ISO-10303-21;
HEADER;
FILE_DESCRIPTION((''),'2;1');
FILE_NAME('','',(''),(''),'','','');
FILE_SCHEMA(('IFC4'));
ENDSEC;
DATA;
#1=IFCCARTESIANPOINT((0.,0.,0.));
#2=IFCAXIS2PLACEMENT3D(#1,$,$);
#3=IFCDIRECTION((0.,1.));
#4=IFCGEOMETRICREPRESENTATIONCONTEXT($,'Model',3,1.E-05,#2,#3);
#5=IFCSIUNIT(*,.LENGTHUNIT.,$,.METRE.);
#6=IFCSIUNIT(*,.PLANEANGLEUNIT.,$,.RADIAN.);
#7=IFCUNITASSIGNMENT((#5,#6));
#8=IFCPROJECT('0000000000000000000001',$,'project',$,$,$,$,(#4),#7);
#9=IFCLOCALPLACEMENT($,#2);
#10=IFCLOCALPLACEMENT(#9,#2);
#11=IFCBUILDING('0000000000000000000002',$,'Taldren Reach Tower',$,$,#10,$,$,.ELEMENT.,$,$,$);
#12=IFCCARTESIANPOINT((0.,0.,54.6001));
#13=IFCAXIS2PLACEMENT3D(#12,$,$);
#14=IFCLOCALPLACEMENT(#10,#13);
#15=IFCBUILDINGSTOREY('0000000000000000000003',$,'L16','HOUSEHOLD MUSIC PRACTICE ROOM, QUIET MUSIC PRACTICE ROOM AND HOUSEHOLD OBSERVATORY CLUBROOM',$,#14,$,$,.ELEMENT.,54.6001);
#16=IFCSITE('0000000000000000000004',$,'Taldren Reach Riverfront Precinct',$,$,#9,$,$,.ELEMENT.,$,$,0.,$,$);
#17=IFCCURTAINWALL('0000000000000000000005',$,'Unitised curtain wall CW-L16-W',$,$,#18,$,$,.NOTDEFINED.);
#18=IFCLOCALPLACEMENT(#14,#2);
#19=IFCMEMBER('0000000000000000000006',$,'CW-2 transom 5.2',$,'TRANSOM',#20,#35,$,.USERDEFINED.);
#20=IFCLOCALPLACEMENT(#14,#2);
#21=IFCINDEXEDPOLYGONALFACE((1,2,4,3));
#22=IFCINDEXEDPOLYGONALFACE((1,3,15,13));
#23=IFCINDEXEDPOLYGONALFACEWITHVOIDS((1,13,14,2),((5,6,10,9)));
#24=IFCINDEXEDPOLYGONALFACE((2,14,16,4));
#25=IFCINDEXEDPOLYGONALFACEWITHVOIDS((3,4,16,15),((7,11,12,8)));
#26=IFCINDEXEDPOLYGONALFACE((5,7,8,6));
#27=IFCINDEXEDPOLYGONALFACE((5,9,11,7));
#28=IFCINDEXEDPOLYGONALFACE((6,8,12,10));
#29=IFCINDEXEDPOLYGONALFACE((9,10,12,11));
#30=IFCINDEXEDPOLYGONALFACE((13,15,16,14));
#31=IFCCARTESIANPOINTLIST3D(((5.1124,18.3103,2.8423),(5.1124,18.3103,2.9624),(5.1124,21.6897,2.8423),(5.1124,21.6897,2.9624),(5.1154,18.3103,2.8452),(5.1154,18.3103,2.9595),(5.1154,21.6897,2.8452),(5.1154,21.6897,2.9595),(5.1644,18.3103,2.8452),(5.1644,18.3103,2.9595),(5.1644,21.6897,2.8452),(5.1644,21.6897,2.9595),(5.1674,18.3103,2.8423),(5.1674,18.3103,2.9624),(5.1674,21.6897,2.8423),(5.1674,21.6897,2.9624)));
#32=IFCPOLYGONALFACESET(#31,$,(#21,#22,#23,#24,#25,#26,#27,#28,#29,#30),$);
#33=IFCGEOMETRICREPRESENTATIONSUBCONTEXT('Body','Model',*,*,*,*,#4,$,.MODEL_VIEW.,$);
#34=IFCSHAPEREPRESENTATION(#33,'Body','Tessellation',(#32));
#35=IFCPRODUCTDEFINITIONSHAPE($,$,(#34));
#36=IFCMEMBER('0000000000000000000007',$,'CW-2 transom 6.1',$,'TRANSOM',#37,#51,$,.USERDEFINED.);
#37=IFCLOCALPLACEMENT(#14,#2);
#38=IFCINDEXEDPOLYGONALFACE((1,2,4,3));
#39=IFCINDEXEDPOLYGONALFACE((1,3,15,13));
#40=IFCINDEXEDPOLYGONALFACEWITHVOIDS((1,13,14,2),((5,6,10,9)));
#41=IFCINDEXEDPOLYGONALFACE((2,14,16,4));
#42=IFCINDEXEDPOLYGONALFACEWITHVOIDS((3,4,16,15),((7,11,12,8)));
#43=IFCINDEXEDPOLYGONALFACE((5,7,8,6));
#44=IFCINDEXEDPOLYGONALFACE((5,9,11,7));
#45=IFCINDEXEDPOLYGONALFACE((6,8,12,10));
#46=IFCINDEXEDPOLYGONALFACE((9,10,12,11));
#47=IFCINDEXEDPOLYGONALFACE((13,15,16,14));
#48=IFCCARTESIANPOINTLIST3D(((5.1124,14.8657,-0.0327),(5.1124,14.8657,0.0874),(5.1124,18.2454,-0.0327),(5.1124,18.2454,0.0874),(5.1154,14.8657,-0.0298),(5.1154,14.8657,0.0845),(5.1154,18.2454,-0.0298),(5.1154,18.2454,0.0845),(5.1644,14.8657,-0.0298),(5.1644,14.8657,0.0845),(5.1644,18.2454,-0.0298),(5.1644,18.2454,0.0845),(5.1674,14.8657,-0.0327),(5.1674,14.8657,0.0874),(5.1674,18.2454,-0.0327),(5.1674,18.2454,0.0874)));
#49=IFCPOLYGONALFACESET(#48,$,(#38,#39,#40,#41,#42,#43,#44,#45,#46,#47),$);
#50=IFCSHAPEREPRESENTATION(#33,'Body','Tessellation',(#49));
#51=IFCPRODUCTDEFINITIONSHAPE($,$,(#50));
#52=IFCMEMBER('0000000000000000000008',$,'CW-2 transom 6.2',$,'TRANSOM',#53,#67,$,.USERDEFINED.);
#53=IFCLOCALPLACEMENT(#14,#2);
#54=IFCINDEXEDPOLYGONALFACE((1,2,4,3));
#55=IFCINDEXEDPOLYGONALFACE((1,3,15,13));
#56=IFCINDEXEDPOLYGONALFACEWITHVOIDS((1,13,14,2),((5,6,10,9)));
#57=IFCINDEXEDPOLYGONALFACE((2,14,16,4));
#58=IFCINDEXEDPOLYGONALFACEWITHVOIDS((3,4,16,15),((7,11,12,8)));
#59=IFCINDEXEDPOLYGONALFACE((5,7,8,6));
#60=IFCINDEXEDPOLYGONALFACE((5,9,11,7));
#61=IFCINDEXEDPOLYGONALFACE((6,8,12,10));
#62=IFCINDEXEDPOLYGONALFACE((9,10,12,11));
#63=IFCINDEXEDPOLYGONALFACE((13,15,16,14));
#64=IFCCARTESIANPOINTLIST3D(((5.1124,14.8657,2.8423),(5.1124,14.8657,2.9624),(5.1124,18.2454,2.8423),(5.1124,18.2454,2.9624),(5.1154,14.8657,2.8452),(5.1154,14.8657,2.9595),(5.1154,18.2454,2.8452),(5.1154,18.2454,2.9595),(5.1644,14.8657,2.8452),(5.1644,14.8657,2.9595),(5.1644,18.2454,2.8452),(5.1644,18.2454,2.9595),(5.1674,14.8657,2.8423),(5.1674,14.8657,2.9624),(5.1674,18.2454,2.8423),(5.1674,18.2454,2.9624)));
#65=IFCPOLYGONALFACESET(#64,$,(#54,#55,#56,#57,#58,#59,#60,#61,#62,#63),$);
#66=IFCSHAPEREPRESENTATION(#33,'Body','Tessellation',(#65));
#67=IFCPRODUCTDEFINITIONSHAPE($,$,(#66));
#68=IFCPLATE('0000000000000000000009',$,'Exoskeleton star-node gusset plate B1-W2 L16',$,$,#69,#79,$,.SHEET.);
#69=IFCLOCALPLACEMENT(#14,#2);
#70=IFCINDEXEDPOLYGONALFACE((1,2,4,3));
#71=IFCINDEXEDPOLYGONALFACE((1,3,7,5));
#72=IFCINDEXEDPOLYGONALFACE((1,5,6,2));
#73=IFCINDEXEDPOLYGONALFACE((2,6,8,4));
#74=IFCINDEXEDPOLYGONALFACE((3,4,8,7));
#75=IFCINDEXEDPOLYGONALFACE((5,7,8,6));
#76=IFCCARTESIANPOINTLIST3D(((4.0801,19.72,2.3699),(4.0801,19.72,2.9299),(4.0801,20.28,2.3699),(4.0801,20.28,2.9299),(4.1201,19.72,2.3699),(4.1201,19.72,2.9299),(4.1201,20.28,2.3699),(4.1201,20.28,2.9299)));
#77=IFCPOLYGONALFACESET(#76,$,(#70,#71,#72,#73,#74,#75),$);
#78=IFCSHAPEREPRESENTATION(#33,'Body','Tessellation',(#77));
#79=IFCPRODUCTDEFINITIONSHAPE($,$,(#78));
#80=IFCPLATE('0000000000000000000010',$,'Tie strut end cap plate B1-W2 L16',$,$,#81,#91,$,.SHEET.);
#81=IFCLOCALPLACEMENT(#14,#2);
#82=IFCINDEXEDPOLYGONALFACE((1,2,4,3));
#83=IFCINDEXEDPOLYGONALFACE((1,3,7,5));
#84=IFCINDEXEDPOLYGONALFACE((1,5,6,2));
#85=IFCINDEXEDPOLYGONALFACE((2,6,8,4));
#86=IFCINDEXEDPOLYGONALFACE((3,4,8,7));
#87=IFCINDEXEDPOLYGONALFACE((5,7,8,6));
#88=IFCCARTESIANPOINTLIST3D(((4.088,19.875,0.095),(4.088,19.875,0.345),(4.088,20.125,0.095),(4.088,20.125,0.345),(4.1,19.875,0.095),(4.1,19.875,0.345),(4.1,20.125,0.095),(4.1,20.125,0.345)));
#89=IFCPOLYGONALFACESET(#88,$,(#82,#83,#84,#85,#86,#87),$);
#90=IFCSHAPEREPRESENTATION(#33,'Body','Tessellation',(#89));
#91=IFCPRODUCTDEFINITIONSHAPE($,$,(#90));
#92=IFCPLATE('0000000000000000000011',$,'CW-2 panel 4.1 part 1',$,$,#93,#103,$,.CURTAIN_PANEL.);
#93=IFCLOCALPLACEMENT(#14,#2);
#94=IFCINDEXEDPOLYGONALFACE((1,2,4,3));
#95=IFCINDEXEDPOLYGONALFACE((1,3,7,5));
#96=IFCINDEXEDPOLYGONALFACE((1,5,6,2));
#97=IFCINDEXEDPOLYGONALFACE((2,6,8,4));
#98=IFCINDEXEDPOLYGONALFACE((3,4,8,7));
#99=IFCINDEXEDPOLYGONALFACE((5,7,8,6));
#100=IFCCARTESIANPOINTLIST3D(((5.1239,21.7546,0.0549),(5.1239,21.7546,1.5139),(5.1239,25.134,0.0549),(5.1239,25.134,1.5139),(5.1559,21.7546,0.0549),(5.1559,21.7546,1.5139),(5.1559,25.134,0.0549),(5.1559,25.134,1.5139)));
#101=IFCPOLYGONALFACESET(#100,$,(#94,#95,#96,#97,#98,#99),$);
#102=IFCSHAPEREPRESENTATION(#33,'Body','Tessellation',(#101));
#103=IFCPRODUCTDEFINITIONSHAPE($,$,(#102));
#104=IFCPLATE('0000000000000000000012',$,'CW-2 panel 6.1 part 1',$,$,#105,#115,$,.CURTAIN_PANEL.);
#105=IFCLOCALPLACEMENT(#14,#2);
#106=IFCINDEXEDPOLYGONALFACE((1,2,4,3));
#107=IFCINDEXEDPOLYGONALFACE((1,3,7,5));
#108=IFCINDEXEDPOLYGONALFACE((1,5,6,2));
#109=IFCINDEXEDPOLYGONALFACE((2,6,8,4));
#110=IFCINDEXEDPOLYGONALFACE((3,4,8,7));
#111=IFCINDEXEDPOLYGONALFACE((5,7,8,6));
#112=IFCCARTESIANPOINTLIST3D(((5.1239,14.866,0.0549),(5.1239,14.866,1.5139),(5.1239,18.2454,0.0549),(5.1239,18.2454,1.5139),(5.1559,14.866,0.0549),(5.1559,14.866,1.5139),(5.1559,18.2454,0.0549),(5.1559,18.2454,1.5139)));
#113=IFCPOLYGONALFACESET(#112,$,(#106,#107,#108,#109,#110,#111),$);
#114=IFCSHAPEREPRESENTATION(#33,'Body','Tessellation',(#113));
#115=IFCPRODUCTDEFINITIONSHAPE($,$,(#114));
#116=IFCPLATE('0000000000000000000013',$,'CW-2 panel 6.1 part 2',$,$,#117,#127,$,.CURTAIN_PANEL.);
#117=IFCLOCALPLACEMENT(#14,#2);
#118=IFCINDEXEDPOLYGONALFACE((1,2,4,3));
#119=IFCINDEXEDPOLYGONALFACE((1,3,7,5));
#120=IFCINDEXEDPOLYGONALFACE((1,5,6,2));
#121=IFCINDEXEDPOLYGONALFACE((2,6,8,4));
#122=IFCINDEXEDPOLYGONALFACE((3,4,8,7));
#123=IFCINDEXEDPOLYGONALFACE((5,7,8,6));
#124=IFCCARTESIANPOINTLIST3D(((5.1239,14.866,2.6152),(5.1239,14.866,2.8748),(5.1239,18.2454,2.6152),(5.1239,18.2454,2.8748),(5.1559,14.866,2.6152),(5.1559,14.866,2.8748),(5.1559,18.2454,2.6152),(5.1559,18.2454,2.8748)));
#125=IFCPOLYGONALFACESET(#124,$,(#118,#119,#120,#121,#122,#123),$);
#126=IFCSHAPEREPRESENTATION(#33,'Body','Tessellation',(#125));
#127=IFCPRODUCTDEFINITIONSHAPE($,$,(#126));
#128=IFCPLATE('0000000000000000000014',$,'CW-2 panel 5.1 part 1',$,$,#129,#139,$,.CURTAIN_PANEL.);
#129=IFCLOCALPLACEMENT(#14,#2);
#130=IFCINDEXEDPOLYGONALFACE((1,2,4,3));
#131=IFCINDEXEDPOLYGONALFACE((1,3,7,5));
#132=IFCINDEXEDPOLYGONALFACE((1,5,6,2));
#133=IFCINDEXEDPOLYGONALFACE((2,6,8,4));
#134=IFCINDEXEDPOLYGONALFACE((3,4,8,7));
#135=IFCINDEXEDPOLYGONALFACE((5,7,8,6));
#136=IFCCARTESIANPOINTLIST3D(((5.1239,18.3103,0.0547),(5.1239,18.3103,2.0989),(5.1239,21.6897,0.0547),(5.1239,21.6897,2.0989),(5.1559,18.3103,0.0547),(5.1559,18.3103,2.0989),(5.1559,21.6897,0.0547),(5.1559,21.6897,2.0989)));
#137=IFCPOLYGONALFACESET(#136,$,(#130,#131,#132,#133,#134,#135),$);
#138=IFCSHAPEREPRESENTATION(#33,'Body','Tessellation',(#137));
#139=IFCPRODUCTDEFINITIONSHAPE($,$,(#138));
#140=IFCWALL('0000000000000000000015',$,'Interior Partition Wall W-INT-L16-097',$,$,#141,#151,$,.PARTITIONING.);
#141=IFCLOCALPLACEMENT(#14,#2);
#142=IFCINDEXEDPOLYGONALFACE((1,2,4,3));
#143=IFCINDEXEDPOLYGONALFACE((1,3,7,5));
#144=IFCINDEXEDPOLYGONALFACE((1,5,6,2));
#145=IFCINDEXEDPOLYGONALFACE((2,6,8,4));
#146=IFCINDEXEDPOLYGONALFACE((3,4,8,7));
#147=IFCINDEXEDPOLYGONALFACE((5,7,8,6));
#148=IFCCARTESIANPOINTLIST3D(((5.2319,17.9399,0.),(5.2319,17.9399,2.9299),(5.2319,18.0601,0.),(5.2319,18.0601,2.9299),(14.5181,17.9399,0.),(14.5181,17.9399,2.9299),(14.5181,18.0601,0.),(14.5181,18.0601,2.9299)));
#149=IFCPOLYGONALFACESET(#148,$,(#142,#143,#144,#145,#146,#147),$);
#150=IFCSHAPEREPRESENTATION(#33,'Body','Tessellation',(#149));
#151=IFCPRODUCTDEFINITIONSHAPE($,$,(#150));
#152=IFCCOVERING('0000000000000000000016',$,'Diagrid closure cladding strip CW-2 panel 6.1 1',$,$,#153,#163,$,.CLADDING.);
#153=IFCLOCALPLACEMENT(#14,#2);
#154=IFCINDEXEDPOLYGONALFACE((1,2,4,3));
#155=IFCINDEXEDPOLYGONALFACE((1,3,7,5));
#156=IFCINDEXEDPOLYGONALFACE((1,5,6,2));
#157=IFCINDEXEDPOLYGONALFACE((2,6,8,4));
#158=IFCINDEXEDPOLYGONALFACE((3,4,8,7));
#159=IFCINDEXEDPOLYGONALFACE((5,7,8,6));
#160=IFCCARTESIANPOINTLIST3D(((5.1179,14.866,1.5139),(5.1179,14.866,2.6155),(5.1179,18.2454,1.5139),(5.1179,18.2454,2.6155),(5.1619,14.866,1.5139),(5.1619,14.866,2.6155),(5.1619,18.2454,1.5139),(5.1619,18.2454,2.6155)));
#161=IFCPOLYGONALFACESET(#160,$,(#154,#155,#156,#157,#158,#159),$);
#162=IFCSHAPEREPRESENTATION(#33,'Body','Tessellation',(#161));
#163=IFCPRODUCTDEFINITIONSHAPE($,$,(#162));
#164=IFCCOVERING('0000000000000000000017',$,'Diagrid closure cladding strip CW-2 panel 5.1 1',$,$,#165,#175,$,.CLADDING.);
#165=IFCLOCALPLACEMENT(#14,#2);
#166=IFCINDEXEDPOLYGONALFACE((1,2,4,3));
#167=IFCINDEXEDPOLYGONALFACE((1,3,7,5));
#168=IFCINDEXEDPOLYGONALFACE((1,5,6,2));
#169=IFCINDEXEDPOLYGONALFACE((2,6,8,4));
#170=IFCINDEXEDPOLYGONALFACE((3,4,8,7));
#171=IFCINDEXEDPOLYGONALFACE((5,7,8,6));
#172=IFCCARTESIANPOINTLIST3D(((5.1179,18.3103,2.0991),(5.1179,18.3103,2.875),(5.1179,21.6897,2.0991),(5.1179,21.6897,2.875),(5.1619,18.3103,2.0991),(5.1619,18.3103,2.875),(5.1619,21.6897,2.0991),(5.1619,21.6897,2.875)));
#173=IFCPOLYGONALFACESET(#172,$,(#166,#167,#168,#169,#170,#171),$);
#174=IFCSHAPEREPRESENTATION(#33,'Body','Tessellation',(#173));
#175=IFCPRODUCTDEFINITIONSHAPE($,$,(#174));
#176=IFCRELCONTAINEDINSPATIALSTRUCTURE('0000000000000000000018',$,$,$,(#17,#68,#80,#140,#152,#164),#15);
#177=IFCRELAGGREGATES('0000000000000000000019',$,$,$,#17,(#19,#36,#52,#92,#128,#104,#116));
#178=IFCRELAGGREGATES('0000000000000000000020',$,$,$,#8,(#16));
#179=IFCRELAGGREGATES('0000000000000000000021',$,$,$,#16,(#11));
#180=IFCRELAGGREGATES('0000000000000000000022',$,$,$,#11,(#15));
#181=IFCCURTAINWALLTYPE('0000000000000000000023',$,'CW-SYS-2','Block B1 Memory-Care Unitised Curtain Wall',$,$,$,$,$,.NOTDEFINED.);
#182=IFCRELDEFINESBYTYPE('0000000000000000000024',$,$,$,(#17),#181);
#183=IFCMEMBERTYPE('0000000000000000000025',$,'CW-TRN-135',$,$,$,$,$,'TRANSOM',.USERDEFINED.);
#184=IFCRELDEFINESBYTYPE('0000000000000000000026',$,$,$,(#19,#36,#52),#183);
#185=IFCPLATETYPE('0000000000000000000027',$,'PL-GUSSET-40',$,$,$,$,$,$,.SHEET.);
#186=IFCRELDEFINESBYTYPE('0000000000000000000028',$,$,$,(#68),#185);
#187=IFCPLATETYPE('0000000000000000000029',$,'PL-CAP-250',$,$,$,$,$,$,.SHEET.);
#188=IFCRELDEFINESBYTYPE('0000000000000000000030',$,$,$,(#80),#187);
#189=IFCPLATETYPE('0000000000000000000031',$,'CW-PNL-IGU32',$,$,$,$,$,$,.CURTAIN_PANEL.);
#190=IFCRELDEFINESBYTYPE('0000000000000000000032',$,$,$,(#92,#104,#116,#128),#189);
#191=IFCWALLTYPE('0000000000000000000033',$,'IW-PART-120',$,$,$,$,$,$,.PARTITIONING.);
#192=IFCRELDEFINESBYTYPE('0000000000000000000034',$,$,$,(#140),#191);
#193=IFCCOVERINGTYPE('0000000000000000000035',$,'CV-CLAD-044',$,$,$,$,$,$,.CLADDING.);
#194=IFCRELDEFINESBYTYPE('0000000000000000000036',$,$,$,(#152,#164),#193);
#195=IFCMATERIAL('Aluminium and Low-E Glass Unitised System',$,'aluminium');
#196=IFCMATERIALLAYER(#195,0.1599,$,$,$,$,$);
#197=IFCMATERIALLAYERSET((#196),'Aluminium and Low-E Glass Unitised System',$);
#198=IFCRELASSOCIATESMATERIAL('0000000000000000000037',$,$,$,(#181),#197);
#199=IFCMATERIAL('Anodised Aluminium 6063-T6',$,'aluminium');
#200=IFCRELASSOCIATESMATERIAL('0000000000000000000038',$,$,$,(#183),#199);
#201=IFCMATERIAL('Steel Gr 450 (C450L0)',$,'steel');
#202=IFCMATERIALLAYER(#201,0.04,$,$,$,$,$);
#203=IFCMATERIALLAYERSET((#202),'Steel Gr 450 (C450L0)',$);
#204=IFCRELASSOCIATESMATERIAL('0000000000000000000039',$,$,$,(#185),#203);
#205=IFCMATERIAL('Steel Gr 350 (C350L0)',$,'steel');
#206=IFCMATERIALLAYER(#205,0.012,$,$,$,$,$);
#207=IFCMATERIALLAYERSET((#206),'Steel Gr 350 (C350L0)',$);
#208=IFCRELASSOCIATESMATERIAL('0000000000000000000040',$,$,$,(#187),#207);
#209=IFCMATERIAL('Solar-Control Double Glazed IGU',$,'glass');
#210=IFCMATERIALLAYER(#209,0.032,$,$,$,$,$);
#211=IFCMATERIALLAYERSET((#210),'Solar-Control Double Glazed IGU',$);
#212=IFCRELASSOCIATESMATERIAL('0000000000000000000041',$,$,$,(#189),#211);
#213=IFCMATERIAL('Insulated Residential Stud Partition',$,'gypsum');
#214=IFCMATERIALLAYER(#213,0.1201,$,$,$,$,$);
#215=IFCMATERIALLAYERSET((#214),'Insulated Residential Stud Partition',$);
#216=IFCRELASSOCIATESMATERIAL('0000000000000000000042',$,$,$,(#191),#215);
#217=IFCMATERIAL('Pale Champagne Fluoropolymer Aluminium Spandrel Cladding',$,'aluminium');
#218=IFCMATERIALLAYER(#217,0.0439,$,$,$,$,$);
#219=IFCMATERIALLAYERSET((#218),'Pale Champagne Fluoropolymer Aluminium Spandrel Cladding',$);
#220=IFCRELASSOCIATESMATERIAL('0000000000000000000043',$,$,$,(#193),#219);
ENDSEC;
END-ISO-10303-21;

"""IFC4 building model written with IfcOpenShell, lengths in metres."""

from ifc_helpers import new_model, si_unit, direction, frame, frame_2d, origin, origin_2d, place, context, subcontext, project, spatial, rectangle, hollow_rectangle, extrude, source, transform, mapped, material, layer, layer_set, material_profile, profile_set, type_object, element, aggregate, save


model = new_model("IFC4")

# Units and contexts
model_context = context("Model", 3, precision=1e-05, world=origin(), true_north=direction((0.0, 1.0)))
body_context = subcontext(model_context, "Body", "Model", "MODEL_VIEW")
ifc_project = project(units=[si_unit("LENGTHUNIT", "METRE"), si_unit("PLANEANGLEUNIT", "RADIAN")], contexts=[model_context])

# Site, building, storey
site_placement = place(None, origin())
site = spatial("IfcSite", under=ifc_project, at=site_placement, Name="Taldren Reach Riverfront Precinct", CompositionType="ELEMENT", RefElevation=0.0)
building_placement = place(site_placement, origin())
building = spatial("IfcBuilding", under=site, at=building_placement, Name="Taldren Reach Tower", CompositionType="ELEMENT")
storey_placement = place(building_placement, frame((0.0, 0.0, 54.6001)))
storey = spatial("IfcBuildingStorey", under=building, at=storey_placement, Name="L16", Description="HOUSEHOLD MUSIC PRACTICE ROOM, QUIET MUSIC PRACTICE ROOM AND HOUSEHOLD OBSERVATORY CLUBROOM", CompositionType="ELEMENT", Elevation=54.6001)

# Shared definitions
ifc_material_1 = material(Name="Steel Gr 450 (C450L0)", Category="steel")
ifc_material_2 = material(Name="Steel Gr 350 (C350L0)", Category="steel")

# Curtain wall, members
ifc_material_3 = material(Name="Aluminium and Low-E Glass Unitised System", Category="aluminium")
ifc_layer_1 = layer(ifc_material_3, 0.1599)
ifc_layer_set_1 = layer_set([ifc_layer_1], Name="Aluminium and Low-E Glass Unitised System")
curtain_wall_type = type_object("IfcCurtainWallType", Name="CW-SYS-2", Description="Block B1 Memory-Care Unitised Curtain Wall", PredefinedType="NOTDEFINED", material=ifc_layer_set_1)
curtain_wall_placement = place(storey_placement, origin())
curtain_wall = element("IfcCurtainWall", 1, at=curtain_wall_placement, inside=storey, type_object=curtain_wall_type, Name="Unitised curtain wall CW-L16-W", PredefinedType="NOTDEFINED")
ifc_material_4 = material(Name="Anodised Aluminium 6063-T6", Category="aluminium")
ifc_material_profile_1 = material_profile(ifc_material_4, hollow_rectangle(XDim=0.0549, YDim=0.1201, WallThickness=0.0029, at=origin_2d()), Name="ALU-120x55x3RHS")
ifc_profile_set_1 = profile_set([ifc_material_profile_1], Name="Anodised Aluminium 6063-T6")
member_type_1 = type_object("IfcMemberType", Name="CW-TRN-135", ElementType="TRANSOM", PredefinedType="USERDEFINED", material=ifc_profile_set_1)
shared_shape_1 = source(origin(), body_context, "Body", "SweptSolid", [
    extrude(hollow_rectangle(XDim=0.0549, YDim=0.1201, WallThickness=0.0029, at=origin_2d()), origin(), (0.0, 0.0, 1.0), 3.3794),
])
member_1_placement = place(storey_placement, frame((5.1399, 21.6897, 2.9023), z_axis=(0.0, -1.0, 0.0), x_axis=(1.0, 0.0, 0.0)))
member_1 = element("IfcMember", 2, at=member_1_placement, type_object=member_type_1, Name="CW-2 transom 5.2", ObjectType="TRANSOM", PredefinedType="USERDEFINED", context=body_context, shape_type="MappedRepresentation", body=[
    mapped(shared_shape_1, transform((0.0, 0.0, 0.0), scale=1.0)),
])
shared_shape_2 = source(origin(), body_context, "Body", "SweptSolid", [
    extrude(hollow_rectangle(XDim=0.0549, YDim=0.1201, WallThickness=0.0029, at=origin_2d()), origin(), (0.0, 0.0, 1.0), 3.3796),
])
member_2_placement = place(storey_placement, frame((5.1399, 18.2454, 0.0273), z_axis=(0.0, -1.0, 0.0), x_axis=(1.0, 0.0, 0.0)))
member_2 = element("IfcMember", 3, at=member_2_placement, type_object=member_type_1, Name="CW-2 transom 6.1", ObjectType="TRANSOM", PredefinedType="USERDEFINED", context=body_context, shape_type="MappedRepresentation", body=[
    mapped(shared_shape_2, transform((0.0, 0.0, 0.0), scale=1.0)),
])
member_3_placement = place(storey_placement, frame((5.1399, 18.2454, 2.9023), z_axis=(0.0, -1.0, 0.0), x_axis=(1.0, 0.0, 0.0)))
member_3 = element("IfcMember", 4, at=member_3_placement, type_object=member_type_1, Name="CW-2 transom 6.2", ObjectType="TRANSOM", PredefinedType="USERDEFINED", context=body_context, shape_type="MappedRepresentation", body=[
    mapped(shared_shape_2, transform((0.0, 0.0, 0.0), scale=1.0)),
])

# Plates
ifc_layer_2 = layer(ifc_material_1, 0.04)
ifc_layer_set_2 = layer_set([ifc_layer_2], Name="Steel Gr 450 (C450L0)")
plate_type_1 = type_object("IfcPlateType", Name="PL-GUSSET-40", PredefinedType="SHEET", material=ifc_layer_set_2)
shared_shape_3 = source(origin(), body_context, "Body", "SweptSolid", [
    extrude(rectangle(XDim=0.5601, YDim=0.04, at=origin_2d()), origin(), (0.0, 0.0, 1.0), 0.5601),
])
plate_1_placement = place(storey_placement, frame((4.1001, 20.0, 2.3699), z_axis=(0.0, 0.0, 1.0), x_axis=(0.0, 1.0, 0.0)))
element("IfcPlate", 5, at=plate_1_placement, inside=storey, type_object=plate_type_1, Name="Exoskeleton star-node gusset plate B1-W2 L16", PredefinedType="SHEET", context=body_context, shape_type="MappedRepresentation", body=[
    mapped(shared_shape_3, transform((0.0, 0.0, 0.0), scale=1.0)),
])
ifc_layer_3 = layer(ifc_material_2, 0.012)
ifc_layer_set_3 = layer_set([ifc_layer_3], Name="Steel Gr 350 (C350L0)")
plate_type_2 = type_object("IfcPlateType", Name="PL-CAP-250", PredefinedType="SHEET", material=ifc_layer_set_3)
shared_shape_4 = source(origin(), body_context, "Body", "SweptSolid", [
    extrude(rectangle(XDim=0.012, YDim=0.25, at=origin_2d()), origin(), (0.0, 0.0, 1.0), 0.25),
])
plate_2_placement = place(storey_placement, frame((4.094, 20.0, 0.095), z_axis=(0.0, 0.0, 1.0), x_axis=(1.0, 0.0, 0.0)))
element("IfcPlate", 6, at=plate_2_placement, inside=storey, type_object=plate_type_2, Name="Tie strut end cap plate B1-W2 L16", PredefinedType="SHEET", context=body_context, shape_type="MappedRepresentation", body=[
    mapped(shared_shape_4, transform((0.0, 0.0, 0.0), scale=1.0)),
])

# Plates
ifc_material_5 = material(Name="Solar-Control Double Glazed IGU", Category="glass")
ifc_layer_4 = layer(ifc_material_5, 0.032)
ifc_layer_set_4 = layer_set([ifc_layer_4], Name="Solar-Control Double Glazed IGU")
plate_type_3 = type_object("IfcPlateType", Name="CW-PNL-IGU32", PredefinedType="CURTAIN_PANEL", material=ifc_layer_set_4)
shared_shape_5 = source(origin(), body_context, "Body", "SweptSolid", [
    extrude(rectangle(XDim=3.3794, YDim=0.032, at=origin_2d()), origin(), (0.0, 0.0, 1.0), 1.459),
])
plate_3_placement = place(storey_placement, frame((5.1399, 23.4443, 0.0549), z_axis=(0.0, 0.0, 1.0), x_axis=(0.0, -1.0, 0.0)))
plate_3 = element("IfcPlate", 7, at=plate_3_placement, type_object=plate_type_3, Name="CW-2 panel 4.1 part 1", PredefinedType="CURTAIN_PANEL", context=body_context, shape_type="MappedRepresentation", body=[
    mapped(shared_shape_5, transform((0.0, 0.0, 0.0), scale=1.0)),
])
plate_4_placement = place(storey_placement, frame((5.1399, 16.5557, 0.0549), z_axis=(0.0, 0.0, 1.0), x_axis=(0.0, -1.0, 0.0)))
plate_4 = element("IfcPlate", 8, at=plate_4_placement, type_object=plate_type_3, Name="CW-2 panel 6.1 part 1", PredefinedType="CURTAIN_PANEL", context=body_context, shape_type="MappedRepresentation", body=[
    mapped(shared_shape_5, transform((0.0, 0.0, 0.0), scale=1.0)),
])
shared_shape_6 = source(origin(), body_context, "Body", "SweptSolid", [
    extrude(rectangle(XDim=3.3794, YDim=0.032, at=origin_2d()), origin(), (0.0, 0.0, 1.0), 0.2595),
])
plate_5_placement = place(storey_placement, frame((5.1399, 16.5557, 2.6152), z_axis=(0.0, 0.0, 1.0), x_axis=(0.0, -1.0, 0.0)))
plate_5 = element("IfcPlate", 9, at=plate_5_placement, type_object=plate_type_3, Name="CW-2 panel 6.1 part 2", PredefinedType="CURTAIN_PANEL", context=body_context, shape_type="MappedRepresentation", body=[
    mapped(shared_shape_6, transform((0.0, 0.0, 0.0), scale=1.0)),
])
shared_shape_7 = source(origin(), body_context, "Body", "SweptSolid", [
    extrude(rectangle(XDim=3.3794, YDim=0.032, at=origin_2d()), origin(), (0.0, 0.0, 1.0), 2.0442),
])
plate_6_placement = place(storey_placement, frame((5.1399, 20.0, 0.0547), z_axis=(0.0, 0.0, 1.0), x_axis=(0.0, -1.0, 0.0)))
plate_6 = element("IfcPlate", 10, at=plate_6_placement, type_object=plate_type_3, Name="CW-2 panel 5.1 part 1", PredefinedType="CURTAIN_PANEL", context=body_context, shape_type="MappedRepresentation", body=[
    mapped(shared_shape_7, transform((0.0, 0.0, 0.0), scale=1.0)),
])
aggregate(curtain_wall, [member_1, member_2, member_3, plate_3, plate_6, plate_4, plate_5])

# Wall
ifc_material_6 = material(Name="Insulated Residential Stud Partition", Category="gypsum")
ifc_layer_5 = layer(ifc_material_6, 0.1201)
ifc_layer_set_5 = layer_set([ifc_layer_5], Name="Insulated Residential Stud Partition")
wall_type = type_object("IfcWallType", Name="IW-PART-120", PredefinedType="PARTITIONING", material=ifc_layer_set_5)
shared_shape_8 = source(origin(), body_context, "Body", "SweptSolid", [
    extrude(rectangle(XDim=9.2861, YDim=0.1201, at=frame_2d((4.6431, 0.0))), origin(), (0.0, 0.0, 1.0), 2.9299),
])
wall_placement = place(storey_placement, frame((5.2319, 18.0, 0.0), z_axis=(0.0, 0.0, 1.0), x_axis=(1.0, 0.0, 0.0)))
element("IfcWall", 11, at=wall_placement, inside=storey, type_object=wall_type, Name="Interior Partition Wall W-INT-L16-097", PredefinedType="PARTITIONING", context=body_context, shape_type="MappedRepresentation", body=[
    mapped(shared_shape_8, transform((0.0, 0.0, 0.0), scale=1.0)),
])

# Coverings
ifc_material_7 = material(Name="Pale Champagne Fluoropolymer Aluminium Spandrel Cladding", Category="aluminium")
ifc_layer_6 = layer(ifc_material_7, 0.0439)
ifc_layer_set_6 = layer_set([ifc_layer_6], Name="Pale Champagne Fluoropolymer Aluminium Spandrel Cladding")
covering_type = type_object("IfcCoveringType", Name="CV-CLAD-044", PredefinedType="CLADDING", material=ifc_layer_set_6)
shared_shape_9 = source(origin(), body_context, "Body", "SweptSolid", [
    extrude(rectangle(XDim=3.3794, YDim=0.0439, at=origin_2d()), origin(), (0.0, 0.0, 1.0), 1.1016),
])
covering_1_placement = place(storey_placement, frame((5.1399, 16.5557, 1.5139), z_axis=(0.0, 0.0, 1.0), x_axis=(0.0, -1.0, 0.0)))
element("IfcCovering", 12, at=covering_1_placement, inside=storey, type_object=covering_type, Name="Diagrid closure cladding strip CW-2 panel 6.1 1", PredefinedType="CLADDING", context=body_context, shape_type="MappedRepresentation", body=[
    mapped(shared_shape_9, transform((0.0, 0.0, 0.0), scale=1.0)),
])
shared_shape_10 = source(origin(), body_context, "Body", "SweptSolid", [
    extrude(rectangle(XDim=3.3794, YDim=0.0439, at=origin_2d()), origin(), (0.0, 0.0, 1.0), 0.7759),
])
covering_2_placement = place(storey_placement, frame((5.1399, 20.0, 2.0991), z_axis=(0.0, 0.0, 1.0), x_axis=(0.0, -1.0, 0.0)))
element("IfcCovering", 13, at=covering_2_placement, inside=storey, type_object=covering_type, Name="Diagrid closure cladding strip CW-2 panel 5.1 1", PredefinedType="CLADDING", context=body_context, shape_type="MappedRepresentation", body=[
    mapped(shared_shape_10, transform((0.0, 0.0, 0.0), scale=1.0)),
])

save(model, "model.ifc")
